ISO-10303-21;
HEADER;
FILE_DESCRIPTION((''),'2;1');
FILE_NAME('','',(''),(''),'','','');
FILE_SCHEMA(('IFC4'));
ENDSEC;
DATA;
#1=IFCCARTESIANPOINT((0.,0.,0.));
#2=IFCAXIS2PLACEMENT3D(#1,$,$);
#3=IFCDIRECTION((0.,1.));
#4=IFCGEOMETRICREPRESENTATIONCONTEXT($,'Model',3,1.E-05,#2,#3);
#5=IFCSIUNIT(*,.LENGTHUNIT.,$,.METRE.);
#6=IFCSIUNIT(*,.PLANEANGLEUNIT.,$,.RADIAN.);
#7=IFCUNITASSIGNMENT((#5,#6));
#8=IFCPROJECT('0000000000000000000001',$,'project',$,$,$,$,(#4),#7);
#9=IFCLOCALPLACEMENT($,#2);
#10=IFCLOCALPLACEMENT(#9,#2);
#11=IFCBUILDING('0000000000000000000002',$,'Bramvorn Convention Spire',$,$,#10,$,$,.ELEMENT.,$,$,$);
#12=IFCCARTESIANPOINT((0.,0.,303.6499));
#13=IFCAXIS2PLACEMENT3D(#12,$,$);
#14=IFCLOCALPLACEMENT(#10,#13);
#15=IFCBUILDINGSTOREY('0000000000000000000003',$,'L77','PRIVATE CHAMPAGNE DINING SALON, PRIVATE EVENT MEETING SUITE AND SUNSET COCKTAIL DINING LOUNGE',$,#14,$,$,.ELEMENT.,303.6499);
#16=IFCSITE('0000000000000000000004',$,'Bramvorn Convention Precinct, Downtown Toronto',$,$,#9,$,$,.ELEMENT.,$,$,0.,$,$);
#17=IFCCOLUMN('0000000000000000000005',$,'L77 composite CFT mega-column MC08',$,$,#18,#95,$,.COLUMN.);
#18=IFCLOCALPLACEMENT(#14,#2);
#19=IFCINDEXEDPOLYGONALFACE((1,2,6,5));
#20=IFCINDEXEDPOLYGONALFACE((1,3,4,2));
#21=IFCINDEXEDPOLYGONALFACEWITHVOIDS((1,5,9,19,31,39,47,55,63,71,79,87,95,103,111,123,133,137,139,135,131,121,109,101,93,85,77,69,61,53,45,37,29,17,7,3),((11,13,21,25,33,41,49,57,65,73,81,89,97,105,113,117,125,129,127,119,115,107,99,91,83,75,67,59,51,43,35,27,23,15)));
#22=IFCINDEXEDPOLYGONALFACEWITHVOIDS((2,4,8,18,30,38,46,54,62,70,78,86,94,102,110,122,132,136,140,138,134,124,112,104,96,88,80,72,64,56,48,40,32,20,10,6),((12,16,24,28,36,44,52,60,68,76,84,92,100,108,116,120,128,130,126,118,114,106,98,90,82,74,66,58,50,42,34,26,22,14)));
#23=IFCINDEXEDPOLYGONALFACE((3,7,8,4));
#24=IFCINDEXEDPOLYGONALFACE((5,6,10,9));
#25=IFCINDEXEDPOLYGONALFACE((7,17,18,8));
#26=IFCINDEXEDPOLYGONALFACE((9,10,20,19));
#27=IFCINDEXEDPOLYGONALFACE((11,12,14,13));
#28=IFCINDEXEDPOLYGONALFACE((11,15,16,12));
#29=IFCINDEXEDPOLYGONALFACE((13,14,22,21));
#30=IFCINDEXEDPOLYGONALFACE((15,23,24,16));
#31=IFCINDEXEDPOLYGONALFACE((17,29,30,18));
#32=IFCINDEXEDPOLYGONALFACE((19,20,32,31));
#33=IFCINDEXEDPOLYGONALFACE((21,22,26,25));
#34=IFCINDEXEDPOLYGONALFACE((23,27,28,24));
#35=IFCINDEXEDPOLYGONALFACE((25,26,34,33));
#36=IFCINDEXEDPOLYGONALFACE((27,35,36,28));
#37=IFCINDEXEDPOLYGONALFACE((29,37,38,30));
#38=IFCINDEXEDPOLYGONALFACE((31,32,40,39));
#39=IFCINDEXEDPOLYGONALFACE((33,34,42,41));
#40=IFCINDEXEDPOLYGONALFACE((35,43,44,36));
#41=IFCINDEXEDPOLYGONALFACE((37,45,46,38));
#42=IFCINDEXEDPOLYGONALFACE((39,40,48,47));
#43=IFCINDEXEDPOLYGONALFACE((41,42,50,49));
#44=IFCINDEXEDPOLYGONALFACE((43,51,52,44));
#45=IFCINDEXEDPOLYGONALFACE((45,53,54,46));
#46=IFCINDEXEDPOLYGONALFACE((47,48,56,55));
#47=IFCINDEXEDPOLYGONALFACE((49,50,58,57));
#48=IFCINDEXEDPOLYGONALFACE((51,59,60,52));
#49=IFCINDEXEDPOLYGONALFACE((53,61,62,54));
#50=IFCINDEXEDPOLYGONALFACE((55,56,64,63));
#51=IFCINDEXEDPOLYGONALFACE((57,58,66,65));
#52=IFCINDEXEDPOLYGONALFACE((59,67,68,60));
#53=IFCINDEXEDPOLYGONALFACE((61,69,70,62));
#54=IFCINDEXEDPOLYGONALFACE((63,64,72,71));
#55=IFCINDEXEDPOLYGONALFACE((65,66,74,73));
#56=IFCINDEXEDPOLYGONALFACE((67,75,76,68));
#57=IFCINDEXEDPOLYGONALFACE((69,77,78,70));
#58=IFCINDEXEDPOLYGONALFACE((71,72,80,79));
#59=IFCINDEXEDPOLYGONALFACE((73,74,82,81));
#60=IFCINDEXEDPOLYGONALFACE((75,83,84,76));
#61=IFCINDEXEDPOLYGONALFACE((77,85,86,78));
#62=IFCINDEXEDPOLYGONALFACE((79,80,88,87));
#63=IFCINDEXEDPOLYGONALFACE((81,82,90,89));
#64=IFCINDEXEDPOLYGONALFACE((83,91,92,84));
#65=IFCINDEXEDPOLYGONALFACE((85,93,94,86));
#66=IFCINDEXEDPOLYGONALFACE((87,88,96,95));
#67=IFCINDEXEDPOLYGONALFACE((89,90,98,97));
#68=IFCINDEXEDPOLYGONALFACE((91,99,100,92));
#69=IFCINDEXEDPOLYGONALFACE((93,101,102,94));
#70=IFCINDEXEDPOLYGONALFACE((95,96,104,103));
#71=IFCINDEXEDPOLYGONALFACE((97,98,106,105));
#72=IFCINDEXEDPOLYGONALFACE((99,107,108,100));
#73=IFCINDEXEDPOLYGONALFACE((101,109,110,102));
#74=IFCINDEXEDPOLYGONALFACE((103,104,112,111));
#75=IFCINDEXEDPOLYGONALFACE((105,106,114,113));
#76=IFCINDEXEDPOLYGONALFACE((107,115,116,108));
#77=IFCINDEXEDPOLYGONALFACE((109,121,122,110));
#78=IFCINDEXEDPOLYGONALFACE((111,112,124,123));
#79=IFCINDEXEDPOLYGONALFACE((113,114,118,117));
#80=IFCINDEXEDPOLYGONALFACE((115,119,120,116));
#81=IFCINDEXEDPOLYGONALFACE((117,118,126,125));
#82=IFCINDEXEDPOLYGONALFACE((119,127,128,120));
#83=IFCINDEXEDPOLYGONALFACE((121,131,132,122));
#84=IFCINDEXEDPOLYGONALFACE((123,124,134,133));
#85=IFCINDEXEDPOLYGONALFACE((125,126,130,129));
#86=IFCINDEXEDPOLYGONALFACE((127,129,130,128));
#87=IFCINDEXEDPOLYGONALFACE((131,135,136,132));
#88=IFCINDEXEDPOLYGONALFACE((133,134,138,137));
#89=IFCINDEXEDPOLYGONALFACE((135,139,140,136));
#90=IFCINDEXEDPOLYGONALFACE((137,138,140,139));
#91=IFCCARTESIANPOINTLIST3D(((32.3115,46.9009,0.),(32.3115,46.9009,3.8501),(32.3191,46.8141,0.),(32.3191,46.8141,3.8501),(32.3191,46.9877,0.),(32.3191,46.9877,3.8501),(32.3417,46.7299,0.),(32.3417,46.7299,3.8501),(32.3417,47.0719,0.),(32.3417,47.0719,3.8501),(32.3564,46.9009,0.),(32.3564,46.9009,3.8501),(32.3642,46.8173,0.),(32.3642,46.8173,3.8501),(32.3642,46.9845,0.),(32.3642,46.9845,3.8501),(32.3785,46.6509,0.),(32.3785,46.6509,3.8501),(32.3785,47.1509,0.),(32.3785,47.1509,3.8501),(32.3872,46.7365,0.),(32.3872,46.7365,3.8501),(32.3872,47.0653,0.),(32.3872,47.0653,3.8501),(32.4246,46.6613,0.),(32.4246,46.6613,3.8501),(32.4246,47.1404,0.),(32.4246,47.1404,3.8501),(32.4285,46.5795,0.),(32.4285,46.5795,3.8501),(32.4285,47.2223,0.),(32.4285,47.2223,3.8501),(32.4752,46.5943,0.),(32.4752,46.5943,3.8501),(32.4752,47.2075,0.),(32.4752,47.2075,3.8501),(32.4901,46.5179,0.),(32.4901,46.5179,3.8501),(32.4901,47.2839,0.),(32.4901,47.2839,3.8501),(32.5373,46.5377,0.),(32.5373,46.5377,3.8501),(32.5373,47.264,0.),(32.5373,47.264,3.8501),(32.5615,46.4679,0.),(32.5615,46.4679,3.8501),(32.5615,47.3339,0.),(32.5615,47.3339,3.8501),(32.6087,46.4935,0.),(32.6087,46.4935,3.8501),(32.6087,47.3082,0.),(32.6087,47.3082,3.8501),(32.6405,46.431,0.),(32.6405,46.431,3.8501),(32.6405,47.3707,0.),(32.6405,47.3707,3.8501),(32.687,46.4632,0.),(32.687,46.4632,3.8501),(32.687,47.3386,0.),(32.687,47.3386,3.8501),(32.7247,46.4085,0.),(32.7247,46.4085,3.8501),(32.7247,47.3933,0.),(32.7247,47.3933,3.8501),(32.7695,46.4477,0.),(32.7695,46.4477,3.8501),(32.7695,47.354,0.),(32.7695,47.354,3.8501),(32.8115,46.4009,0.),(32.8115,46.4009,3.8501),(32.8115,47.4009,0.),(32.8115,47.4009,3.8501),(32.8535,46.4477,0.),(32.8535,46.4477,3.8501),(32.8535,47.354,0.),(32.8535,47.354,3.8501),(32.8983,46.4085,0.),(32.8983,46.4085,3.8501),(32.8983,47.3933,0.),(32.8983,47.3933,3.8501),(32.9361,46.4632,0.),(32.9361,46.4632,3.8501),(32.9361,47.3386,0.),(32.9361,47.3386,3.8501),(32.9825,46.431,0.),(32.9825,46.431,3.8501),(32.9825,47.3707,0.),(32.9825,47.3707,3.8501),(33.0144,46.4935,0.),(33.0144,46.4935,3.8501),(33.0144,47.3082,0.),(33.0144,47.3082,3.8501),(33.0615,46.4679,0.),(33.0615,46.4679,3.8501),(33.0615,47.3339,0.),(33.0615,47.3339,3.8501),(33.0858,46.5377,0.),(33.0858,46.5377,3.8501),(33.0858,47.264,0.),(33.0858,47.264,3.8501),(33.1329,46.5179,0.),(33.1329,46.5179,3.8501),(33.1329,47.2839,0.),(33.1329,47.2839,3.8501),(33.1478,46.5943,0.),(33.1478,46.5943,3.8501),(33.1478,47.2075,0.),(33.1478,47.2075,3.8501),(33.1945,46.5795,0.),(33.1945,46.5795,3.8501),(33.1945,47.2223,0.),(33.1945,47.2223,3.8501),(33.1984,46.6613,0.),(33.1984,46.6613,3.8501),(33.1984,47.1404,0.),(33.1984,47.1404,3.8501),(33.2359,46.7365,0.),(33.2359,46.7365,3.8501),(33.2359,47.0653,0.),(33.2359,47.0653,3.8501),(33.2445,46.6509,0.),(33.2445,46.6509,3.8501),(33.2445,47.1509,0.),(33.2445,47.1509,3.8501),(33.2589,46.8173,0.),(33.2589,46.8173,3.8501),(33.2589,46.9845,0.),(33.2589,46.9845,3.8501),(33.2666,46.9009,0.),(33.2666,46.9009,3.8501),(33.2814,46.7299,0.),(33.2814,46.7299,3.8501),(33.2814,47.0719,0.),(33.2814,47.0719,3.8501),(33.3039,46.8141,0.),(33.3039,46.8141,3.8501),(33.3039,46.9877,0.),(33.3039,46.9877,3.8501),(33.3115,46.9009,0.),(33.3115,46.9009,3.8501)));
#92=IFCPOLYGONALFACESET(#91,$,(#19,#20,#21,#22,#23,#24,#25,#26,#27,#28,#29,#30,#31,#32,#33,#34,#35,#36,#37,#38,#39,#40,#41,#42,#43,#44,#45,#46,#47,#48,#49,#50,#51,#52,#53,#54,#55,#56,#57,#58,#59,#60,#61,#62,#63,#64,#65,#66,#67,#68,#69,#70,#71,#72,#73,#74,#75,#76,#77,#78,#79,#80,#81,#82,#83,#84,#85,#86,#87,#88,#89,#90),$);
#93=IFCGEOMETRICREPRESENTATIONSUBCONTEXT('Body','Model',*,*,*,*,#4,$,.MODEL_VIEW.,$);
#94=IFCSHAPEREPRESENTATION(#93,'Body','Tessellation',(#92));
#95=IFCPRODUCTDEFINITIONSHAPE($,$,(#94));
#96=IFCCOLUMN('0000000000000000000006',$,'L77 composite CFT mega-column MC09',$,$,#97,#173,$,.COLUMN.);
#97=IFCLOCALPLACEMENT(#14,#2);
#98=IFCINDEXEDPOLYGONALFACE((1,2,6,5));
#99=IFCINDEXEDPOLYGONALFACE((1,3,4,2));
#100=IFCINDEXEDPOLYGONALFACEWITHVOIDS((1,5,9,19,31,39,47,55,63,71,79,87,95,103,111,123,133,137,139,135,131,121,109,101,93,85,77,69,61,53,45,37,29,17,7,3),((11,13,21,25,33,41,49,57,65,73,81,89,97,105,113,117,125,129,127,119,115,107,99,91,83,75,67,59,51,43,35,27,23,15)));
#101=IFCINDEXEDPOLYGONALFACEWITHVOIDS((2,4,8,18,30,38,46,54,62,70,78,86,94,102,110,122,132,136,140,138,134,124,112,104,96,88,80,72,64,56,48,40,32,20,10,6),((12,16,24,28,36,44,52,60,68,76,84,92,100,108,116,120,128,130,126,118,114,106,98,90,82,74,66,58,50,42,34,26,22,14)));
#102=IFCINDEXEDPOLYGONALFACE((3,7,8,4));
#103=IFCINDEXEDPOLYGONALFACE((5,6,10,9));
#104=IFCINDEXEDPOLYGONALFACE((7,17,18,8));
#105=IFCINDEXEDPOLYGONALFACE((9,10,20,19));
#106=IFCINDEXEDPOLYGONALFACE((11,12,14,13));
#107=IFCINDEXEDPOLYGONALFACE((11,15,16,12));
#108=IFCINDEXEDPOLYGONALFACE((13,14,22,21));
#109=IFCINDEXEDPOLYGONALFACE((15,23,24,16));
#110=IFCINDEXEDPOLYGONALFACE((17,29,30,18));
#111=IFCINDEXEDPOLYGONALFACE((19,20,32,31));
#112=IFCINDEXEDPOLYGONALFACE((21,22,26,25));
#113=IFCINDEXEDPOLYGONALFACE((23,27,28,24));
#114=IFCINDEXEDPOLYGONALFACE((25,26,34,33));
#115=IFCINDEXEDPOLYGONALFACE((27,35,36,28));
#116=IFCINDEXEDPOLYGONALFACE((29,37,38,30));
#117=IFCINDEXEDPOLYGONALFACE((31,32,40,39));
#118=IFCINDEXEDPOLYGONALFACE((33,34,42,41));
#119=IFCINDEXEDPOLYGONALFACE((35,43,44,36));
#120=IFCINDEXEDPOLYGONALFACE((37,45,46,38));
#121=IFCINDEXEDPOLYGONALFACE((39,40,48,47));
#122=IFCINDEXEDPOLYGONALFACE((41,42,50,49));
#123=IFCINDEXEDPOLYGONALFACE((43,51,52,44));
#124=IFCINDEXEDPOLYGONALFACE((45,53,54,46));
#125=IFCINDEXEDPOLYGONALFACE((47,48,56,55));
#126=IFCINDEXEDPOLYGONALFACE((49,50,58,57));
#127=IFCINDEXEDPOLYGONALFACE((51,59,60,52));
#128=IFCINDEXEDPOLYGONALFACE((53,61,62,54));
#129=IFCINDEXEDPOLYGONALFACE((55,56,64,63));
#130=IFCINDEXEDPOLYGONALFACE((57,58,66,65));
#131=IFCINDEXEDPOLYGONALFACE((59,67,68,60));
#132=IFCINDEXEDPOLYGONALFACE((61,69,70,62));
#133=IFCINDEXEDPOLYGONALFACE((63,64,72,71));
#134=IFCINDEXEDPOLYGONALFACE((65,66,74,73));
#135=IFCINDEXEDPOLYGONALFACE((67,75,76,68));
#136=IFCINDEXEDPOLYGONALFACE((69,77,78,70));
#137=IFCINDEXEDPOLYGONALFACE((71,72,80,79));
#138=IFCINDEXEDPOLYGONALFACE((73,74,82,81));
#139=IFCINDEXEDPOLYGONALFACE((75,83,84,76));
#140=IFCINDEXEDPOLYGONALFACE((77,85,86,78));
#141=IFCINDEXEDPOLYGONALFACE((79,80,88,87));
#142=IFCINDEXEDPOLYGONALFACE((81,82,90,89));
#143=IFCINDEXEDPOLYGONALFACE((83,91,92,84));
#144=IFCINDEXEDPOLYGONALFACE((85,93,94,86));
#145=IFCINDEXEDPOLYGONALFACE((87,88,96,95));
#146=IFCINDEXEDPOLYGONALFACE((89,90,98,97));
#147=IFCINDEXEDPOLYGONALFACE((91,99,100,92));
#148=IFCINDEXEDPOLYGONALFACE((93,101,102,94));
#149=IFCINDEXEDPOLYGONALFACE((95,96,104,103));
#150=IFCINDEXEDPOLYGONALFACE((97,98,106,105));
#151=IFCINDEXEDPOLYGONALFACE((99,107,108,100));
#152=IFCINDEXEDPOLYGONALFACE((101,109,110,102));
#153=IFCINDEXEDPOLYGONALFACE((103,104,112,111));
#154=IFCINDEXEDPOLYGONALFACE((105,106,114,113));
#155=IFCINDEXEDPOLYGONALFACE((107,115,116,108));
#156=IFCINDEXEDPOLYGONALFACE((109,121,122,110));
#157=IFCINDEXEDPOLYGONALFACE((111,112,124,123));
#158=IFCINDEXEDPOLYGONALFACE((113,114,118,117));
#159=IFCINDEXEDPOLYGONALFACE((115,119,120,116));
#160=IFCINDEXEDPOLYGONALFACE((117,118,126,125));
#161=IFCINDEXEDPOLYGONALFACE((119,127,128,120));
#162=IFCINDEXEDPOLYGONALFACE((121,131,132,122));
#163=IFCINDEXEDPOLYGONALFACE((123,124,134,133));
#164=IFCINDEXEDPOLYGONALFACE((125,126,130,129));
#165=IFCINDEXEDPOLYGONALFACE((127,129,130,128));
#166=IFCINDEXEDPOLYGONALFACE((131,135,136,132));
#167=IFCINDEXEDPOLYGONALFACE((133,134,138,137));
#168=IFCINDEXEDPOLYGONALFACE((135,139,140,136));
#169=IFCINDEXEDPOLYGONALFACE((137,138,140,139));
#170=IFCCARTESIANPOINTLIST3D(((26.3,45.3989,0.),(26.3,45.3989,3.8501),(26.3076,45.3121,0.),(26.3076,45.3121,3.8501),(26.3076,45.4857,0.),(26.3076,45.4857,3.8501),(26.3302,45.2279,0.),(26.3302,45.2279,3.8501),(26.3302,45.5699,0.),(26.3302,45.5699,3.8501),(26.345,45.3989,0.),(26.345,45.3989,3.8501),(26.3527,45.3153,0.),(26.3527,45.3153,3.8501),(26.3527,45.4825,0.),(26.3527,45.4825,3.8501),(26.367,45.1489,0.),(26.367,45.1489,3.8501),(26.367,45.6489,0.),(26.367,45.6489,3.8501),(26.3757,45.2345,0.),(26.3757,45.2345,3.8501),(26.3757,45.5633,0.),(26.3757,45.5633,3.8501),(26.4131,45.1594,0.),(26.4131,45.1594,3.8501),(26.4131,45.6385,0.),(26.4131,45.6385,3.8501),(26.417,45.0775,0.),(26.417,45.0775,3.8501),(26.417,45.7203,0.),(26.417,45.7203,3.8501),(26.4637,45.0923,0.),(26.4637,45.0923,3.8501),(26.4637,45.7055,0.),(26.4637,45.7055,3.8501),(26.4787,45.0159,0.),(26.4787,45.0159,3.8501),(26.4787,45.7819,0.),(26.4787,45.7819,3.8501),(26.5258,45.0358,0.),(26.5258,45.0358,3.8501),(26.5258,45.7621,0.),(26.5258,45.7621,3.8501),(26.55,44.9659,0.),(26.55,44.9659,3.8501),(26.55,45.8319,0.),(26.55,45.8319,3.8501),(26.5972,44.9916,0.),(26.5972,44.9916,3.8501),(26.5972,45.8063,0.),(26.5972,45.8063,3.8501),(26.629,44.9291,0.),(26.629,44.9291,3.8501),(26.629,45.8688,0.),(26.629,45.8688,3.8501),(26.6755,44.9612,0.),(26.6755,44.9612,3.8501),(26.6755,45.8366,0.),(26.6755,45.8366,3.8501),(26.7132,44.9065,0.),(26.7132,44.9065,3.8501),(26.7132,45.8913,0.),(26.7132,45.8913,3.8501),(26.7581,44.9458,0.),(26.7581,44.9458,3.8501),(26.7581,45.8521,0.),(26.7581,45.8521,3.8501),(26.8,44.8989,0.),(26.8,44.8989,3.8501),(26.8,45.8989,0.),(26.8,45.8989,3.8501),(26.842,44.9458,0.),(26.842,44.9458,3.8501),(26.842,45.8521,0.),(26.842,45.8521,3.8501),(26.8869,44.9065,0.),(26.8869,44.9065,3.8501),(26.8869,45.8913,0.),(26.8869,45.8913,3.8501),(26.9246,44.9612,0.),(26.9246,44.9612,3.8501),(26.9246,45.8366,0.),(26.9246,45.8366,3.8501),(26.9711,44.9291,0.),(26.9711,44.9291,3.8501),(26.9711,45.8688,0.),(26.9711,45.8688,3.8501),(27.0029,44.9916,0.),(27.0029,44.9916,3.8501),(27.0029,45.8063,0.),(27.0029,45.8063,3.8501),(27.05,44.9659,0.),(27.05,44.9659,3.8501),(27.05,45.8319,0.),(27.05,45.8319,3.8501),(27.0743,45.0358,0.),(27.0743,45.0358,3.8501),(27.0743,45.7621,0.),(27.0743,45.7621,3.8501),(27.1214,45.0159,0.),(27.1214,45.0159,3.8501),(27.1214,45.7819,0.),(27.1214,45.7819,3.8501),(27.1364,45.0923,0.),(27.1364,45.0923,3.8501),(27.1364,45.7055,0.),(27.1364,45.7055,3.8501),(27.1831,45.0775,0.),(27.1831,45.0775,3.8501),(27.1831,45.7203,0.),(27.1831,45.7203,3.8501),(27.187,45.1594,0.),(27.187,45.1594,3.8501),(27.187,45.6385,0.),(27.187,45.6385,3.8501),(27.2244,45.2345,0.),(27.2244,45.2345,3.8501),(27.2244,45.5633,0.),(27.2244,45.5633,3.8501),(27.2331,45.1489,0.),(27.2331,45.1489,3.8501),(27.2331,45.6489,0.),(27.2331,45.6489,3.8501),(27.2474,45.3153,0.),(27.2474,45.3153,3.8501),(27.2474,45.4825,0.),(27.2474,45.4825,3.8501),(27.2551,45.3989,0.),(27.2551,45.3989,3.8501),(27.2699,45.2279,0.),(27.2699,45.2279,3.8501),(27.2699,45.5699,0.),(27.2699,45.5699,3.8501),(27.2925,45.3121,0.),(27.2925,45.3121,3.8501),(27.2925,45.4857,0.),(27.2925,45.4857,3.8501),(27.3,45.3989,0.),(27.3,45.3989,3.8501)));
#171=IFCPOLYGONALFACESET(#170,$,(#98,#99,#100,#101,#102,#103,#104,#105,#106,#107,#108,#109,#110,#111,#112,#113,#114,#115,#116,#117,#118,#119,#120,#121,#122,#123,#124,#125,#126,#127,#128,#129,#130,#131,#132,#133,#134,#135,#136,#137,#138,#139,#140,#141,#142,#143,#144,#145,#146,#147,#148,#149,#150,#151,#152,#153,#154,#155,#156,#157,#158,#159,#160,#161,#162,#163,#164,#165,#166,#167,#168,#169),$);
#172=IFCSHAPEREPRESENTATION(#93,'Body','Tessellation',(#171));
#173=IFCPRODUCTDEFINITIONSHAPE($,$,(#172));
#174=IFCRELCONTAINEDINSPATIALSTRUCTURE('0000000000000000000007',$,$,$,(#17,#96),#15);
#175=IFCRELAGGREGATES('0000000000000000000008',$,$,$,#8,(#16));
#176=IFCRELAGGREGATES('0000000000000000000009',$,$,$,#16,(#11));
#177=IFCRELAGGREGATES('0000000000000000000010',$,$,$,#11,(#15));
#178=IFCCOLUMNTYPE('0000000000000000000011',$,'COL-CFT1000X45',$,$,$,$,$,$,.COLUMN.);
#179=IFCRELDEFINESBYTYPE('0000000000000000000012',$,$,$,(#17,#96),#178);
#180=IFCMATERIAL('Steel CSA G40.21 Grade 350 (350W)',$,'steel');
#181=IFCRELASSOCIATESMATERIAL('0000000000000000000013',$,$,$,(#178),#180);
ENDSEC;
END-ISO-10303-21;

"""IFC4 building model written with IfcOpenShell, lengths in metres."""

from ifc_helpers import new_model, si_unit, direction, frame, origin, origin_2d, place, context, subcontext, project, spatial, hollow_circle, extrude, material, material_profile, profile_set, type_object, element, save


model = new_model("IFC4")

# Units and contexts
model_context = context("Model", 3, precision=1e-05, world=origin(), true_north=direction((0.0, 1.0)))
body_context = subcontext(model_context, "Body", "Model", "MODEL_VIEW")
ifc_project = project(units=[si_unit("LENGTHUNIT", "METRE"), si_unit("PLANEANGLEUNIT", "RADIAN")], contexts=[model_context])

# Site, building, storey
site_placement = place(None, origin())
site = spatial("IfcSite", under=ifc_project, at=site_placement, Name="Bramvorn Convention Precinct, Downtown Toronto", CompositionType="ELEMENT", RefElevation=0.0)
building_placement = place(site_placement, origin())
building = spatial("IfcBuilding", under=site, at=building_placement, Name="Bramvorn Convention Spire", CompositionType="ELEMENT")
storey_placement = place(building_placement, frame((0.0, 0.0, 303.6499)))
storey = spatial("IfcBuildingStorey", under=building, at=storey_placement, Name="L77", Description="PRIVATE CHAMPAGNE DINING SALON, PRIVATE EVENT MEETING SUITE AND SUNSET COCKTAIL DINING LOUNGE", CompositionType="ELEMENT", Elevation=303.6499)

# Columns
ifc_material_1 = material(Name="Steel CSA G40.21 Grade 350 (350W)", Category="steel")
ifc_material_profile_1 = material_profile(ifc_material_1, hollow_circle(Radius=0.5, WallThickness=0.0449, at=origin_2d()))
ifc_profile_set_1 = profile_set([ifc_material_profile_1], Name="Steel CSA G40.21 Grade 350 (350W) - CFT1000X45")
column_type = type_object("IfcColumnType", Name="COL-CFT1000X45", PredefinedType="COLUMN", material=ifc_profile_set_1)
for number, where, z_axis, x_axis, name in (
    (1, (32.8115, 46.9009, 0.0), (0.0, 0.0, 1.0), (1.0, 0.0, 0.0), "L77 composite CFT mega-column MC08"),
    (2, (26.8, 45.3989, 0.0), (0.0, 0.0, 1.0), (1.0, 0.0, 0.0), "L77 composite CFT mega-column MC09"),
):
    element("IfcColumn", number, at=place(storey_placement, frame(where, z_axis=z_axis, x_axis=x_axis)), inside=storey, type_object=column_type, Name=name, PredefinedType="COLUMN", context=body_context, shape_type="SweptSolid", body=[
        extrude(hollow_circle(Radius=0.5, WallThickness=0.0449, at=origin_2d()), origin(), (0.0, 0.0, 1.0), 3.8501),
    ])

save(model, "model.ifc")
